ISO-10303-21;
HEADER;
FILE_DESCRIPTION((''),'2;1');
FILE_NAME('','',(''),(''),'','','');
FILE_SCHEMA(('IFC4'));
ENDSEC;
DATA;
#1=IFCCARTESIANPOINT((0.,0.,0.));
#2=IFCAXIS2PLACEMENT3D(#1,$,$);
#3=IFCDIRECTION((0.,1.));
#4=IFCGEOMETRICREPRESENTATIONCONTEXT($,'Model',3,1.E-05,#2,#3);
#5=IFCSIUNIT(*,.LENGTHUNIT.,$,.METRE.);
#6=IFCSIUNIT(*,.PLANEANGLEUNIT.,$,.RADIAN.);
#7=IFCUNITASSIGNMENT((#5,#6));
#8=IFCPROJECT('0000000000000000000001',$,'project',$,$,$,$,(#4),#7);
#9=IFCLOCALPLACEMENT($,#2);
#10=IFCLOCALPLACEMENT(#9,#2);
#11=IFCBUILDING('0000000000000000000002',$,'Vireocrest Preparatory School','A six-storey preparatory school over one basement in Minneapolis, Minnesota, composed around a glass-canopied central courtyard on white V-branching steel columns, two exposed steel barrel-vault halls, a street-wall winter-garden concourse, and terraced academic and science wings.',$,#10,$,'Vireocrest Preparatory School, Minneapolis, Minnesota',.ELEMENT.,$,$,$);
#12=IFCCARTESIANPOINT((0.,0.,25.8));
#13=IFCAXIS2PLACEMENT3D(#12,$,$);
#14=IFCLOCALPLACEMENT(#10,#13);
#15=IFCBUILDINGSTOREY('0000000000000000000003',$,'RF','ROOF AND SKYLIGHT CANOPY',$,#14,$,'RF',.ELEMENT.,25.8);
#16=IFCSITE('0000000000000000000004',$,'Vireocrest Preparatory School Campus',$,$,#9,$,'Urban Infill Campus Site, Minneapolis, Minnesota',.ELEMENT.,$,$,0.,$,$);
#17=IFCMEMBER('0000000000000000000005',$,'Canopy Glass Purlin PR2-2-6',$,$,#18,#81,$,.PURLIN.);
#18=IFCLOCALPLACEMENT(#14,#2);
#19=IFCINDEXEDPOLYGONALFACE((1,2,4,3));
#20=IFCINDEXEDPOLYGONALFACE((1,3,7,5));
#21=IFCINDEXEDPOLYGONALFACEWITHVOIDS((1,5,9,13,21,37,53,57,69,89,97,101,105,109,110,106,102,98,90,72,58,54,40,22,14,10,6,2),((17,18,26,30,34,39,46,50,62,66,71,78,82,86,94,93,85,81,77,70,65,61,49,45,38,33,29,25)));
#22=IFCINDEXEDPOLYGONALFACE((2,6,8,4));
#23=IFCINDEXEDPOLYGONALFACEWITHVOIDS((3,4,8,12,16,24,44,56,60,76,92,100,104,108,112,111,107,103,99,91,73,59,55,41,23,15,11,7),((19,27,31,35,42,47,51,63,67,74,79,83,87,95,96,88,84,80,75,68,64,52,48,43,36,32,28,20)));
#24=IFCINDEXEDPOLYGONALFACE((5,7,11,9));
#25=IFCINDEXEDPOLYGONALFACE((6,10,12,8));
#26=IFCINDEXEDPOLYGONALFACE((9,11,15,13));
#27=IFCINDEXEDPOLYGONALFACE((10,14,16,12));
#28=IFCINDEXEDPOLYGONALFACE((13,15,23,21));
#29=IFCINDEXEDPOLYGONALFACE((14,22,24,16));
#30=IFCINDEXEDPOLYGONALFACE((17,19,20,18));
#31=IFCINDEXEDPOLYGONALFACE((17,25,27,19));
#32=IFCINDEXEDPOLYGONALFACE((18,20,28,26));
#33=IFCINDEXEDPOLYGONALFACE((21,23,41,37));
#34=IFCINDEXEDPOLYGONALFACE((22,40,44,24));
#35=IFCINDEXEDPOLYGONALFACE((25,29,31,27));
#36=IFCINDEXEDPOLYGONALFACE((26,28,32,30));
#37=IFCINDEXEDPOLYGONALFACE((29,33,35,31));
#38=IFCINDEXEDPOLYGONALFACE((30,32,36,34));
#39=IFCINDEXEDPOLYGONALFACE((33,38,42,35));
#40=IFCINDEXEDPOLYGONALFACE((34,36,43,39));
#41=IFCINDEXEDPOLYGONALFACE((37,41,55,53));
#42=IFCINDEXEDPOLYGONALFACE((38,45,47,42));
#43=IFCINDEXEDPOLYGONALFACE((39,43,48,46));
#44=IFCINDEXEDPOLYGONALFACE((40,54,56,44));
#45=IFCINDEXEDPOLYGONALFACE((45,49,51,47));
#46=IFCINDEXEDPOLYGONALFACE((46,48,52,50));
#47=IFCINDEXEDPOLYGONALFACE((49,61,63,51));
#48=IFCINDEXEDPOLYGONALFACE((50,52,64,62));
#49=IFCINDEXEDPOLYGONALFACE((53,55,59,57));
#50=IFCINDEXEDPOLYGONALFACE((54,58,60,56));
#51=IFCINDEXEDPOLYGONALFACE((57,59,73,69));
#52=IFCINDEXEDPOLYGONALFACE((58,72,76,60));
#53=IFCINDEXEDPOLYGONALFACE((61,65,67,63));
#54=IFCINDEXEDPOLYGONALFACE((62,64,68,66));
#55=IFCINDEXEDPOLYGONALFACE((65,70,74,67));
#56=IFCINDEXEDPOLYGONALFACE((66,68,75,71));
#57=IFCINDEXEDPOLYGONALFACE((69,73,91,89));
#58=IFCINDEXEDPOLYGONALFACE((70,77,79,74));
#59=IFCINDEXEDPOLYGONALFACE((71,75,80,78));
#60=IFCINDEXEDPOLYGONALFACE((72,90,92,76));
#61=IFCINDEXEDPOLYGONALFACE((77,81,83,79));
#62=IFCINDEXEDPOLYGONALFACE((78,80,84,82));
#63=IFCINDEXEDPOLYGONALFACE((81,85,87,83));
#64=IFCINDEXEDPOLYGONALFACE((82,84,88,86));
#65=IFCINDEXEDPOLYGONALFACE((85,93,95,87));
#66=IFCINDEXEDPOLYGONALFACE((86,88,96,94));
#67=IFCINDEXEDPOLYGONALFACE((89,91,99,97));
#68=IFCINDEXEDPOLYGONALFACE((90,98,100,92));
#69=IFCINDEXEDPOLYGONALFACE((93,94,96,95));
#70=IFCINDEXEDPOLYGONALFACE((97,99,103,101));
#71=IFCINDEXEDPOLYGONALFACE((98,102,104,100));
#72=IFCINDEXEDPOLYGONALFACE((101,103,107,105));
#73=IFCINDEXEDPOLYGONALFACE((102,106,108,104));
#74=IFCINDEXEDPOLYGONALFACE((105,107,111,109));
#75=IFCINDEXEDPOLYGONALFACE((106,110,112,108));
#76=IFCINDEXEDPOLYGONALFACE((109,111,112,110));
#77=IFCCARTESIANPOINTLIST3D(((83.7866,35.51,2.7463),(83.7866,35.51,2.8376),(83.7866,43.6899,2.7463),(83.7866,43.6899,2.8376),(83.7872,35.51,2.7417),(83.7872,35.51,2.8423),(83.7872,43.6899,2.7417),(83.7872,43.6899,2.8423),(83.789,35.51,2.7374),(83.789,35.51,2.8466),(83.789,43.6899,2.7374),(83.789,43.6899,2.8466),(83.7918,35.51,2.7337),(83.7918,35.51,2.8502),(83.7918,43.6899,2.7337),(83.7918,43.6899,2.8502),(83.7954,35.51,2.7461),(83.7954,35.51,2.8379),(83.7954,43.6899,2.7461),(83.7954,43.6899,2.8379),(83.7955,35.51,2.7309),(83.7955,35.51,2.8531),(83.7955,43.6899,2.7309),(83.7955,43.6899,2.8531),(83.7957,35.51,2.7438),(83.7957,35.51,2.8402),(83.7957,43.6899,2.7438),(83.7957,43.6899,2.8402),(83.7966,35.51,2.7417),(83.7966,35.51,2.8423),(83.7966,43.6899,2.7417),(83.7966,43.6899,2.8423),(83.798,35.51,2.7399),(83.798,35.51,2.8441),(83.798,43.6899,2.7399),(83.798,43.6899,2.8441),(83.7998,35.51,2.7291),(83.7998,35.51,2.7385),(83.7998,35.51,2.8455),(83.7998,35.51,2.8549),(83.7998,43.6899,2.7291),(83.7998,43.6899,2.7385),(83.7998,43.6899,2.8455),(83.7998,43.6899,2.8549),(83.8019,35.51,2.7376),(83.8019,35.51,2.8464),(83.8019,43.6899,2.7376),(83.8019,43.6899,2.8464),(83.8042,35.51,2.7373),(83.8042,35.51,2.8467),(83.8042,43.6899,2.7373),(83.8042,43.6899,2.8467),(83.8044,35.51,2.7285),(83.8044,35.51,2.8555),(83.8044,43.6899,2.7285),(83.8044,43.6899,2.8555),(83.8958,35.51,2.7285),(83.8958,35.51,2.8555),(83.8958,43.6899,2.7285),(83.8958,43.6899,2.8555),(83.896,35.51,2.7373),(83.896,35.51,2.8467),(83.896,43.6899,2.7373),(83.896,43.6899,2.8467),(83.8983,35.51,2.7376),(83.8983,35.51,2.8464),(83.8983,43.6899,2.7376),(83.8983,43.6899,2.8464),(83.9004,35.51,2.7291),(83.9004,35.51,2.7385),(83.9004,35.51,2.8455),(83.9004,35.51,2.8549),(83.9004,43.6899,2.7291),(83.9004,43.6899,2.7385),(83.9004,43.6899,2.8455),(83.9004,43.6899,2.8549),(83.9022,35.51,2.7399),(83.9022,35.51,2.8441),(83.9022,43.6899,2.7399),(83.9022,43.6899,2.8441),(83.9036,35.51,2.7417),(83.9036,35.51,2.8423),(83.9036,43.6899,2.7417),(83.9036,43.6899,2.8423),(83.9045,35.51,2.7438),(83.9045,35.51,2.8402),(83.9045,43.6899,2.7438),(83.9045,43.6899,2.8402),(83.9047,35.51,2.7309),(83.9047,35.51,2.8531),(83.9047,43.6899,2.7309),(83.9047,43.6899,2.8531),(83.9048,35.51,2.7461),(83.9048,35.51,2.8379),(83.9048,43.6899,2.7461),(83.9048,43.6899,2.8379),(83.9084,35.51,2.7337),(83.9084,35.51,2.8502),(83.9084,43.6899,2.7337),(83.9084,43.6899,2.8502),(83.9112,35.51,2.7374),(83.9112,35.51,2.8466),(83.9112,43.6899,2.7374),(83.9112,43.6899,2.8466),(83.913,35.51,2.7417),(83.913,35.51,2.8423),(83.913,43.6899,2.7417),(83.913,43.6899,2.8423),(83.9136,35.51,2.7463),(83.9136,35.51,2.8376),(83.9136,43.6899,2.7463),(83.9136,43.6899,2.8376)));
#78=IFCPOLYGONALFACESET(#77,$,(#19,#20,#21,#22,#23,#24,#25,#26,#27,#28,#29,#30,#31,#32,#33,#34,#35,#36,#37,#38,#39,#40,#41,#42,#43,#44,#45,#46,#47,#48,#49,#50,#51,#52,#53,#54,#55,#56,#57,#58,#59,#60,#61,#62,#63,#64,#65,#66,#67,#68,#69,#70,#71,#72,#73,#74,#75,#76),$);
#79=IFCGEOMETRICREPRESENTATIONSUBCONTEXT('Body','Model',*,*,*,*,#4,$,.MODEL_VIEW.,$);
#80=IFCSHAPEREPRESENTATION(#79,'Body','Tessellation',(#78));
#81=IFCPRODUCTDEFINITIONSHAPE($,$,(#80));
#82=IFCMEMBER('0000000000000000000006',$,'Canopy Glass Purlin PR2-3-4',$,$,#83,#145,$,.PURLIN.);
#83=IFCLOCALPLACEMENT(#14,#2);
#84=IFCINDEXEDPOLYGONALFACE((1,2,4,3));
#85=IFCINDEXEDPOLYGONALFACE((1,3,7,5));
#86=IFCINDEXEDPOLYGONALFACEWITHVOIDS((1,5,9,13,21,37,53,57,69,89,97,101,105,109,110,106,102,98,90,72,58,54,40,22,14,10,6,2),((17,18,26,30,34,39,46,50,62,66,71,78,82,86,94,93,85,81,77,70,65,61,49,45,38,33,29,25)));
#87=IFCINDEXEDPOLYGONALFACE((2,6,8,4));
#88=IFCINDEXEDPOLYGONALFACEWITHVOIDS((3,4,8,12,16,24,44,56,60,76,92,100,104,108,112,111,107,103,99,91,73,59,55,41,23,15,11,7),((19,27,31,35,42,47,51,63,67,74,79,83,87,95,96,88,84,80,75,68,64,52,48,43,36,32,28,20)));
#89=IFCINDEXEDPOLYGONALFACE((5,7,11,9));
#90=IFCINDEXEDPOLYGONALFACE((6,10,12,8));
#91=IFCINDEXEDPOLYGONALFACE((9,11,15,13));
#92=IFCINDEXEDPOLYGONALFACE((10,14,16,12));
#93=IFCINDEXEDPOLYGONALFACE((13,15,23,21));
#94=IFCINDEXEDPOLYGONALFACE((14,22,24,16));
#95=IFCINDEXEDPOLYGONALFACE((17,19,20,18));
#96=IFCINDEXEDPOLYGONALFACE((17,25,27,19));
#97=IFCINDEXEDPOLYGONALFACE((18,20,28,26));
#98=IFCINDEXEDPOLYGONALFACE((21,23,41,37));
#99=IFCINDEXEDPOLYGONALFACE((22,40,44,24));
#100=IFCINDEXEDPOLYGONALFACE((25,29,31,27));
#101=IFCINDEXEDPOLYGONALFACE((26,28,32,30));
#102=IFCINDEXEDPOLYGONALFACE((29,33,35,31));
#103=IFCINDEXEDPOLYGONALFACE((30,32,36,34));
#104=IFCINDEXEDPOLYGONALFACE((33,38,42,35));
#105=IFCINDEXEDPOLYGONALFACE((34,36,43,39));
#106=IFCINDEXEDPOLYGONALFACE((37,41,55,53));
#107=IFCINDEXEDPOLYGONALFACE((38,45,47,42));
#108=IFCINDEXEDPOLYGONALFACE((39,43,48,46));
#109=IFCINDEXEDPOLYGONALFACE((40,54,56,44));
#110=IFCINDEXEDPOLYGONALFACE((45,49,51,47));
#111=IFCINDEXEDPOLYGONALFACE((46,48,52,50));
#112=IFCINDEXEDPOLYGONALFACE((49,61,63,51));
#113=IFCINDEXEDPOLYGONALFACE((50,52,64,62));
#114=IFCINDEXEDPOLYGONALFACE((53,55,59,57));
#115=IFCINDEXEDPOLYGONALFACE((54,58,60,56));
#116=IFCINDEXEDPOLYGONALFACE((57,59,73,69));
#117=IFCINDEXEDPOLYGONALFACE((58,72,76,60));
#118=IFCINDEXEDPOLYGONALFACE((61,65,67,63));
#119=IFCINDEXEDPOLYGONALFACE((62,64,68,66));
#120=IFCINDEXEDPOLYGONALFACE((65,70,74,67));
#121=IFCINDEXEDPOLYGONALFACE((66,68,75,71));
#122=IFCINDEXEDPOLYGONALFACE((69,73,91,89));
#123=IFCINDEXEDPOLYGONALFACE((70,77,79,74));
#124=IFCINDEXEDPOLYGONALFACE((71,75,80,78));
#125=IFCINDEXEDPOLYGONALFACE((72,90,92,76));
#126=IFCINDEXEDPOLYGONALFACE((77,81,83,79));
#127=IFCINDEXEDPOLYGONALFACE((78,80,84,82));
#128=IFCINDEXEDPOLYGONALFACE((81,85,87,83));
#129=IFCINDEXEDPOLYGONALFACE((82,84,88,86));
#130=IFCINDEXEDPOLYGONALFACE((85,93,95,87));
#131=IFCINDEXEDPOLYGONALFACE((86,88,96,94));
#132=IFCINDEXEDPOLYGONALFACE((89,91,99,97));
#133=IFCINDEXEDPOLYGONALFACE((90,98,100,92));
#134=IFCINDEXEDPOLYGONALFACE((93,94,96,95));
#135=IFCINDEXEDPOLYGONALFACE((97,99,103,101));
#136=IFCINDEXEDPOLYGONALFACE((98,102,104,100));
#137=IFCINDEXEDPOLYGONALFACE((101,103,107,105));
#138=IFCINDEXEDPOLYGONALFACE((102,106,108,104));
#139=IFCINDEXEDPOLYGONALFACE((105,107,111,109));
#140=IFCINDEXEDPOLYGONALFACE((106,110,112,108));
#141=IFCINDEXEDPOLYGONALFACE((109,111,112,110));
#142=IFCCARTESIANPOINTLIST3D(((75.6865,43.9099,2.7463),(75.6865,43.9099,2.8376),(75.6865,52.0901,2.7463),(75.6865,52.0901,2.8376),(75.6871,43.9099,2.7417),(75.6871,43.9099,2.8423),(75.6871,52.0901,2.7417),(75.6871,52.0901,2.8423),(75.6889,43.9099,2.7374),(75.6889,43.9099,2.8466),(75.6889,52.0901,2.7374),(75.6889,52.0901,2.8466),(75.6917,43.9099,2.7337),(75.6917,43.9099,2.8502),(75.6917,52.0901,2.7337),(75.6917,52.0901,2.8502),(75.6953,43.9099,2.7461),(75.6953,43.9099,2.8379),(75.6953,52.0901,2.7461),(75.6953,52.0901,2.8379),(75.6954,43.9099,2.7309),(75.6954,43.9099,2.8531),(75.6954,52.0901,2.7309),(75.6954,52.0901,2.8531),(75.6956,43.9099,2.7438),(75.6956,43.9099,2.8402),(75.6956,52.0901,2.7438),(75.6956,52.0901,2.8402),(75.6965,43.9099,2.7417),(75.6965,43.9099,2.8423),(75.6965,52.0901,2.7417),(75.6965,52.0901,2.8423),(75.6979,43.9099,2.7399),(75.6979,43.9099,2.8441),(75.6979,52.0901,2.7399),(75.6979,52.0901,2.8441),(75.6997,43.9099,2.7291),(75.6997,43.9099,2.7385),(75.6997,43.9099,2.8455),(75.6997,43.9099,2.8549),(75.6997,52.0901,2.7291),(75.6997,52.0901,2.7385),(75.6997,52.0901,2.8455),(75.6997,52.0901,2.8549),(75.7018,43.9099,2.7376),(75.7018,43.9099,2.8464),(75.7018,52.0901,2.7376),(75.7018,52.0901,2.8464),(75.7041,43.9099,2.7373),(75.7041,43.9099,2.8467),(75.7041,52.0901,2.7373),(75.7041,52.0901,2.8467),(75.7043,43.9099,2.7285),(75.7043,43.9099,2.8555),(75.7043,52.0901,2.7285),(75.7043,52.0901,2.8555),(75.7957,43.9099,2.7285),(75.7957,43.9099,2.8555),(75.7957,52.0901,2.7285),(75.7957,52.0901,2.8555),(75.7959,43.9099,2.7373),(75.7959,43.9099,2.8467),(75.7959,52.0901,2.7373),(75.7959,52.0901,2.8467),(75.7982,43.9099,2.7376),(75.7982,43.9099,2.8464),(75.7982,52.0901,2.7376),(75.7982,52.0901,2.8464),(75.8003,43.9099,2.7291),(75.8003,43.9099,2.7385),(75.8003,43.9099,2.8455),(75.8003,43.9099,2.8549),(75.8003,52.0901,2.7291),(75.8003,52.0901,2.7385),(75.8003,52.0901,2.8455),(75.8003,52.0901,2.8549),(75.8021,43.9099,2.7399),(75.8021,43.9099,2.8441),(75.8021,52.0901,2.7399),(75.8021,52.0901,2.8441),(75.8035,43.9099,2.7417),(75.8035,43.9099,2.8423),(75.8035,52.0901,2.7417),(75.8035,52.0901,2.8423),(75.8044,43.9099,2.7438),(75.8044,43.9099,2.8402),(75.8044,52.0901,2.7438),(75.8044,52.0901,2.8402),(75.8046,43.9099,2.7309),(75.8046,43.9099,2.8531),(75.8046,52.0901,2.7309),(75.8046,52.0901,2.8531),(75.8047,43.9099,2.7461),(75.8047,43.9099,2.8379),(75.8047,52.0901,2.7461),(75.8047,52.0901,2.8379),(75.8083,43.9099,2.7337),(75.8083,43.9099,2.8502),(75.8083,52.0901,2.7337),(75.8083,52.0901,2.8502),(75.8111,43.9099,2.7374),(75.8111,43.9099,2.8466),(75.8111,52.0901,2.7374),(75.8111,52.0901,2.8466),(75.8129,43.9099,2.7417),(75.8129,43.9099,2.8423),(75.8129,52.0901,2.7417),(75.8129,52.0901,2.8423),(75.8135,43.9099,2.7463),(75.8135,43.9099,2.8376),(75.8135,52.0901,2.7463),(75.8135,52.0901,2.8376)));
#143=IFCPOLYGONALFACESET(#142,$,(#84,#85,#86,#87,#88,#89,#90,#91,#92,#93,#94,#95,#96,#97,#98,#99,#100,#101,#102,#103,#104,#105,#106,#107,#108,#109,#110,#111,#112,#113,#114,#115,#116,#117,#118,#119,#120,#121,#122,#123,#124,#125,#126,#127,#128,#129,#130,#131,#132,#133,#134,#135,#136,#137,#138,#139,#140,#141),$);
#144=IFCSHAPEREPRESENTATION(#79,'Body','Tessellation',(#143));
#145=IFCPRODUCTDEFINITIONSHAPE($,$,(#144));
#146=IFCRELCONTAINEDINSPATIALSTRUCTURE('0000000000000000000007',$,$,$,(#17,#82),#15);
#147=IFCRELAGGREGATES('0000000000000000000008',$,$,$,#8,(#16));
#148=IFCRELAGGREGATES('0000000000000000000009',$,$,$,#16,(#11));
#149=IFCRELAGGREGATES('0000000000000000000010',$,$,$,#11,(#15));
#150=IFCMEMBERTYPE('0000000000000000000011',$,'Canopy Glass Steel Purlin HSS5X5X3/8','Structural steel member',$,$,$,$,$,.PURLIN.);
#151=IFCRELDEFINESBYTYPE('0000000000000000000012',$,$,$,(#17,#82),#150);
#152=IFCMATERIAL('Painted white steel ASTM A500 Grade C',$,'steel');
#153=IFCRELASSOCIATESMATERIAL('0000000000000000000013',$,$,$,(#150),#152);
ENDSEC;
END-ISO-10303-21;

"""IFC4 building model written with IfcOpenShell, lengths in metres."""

from ifc_helpers import new_model, si_unit, direction, frame, origin, origin_2d, place, context, subcontext, project, spatial, hollow_rectangle, extrude, material, material_profile, profile_set, type_object, element, save


model = new_model("IFC4")

# Units and contexts
model_context = context("Model", 3, precision=1e-05, world=origin(), true_north=direction((0.0, 1.0)))
body_context = subcontext(model_context, "Body", "Model", "MODEL_VIEW")
ifc_project = project(units=[si_unit("LENGTHUNIT", "METRE"), si_unit("PLANEANGLEUNIT", "RADIAN")], contexts=[model_context])

# Site, building, storey
site_placement = place(None, origin())
site = spatial("IfcSite", under=ifc_project, at=site_placement, Name="Vireocrest Preparatory School Campus", LongName="Urban Infill Campus Site, Minneapolis, Minnesota", CompositionType="ELEMENT", RefElevation=0.0)
building_placement = place(site_placement, origin())
building = spatial("IfcBuilding", under=site, at=building_placement, Name="Vireocrest Preparatory School", Description="A six-storey preparatory school over one basement in Minneapolis, Minnesota, composed around a glass-canopied central courtyard on white V-branching steel columns, two exposed steel barrel-vault halls, a street-wall winter-garden concourse, and terraced academic and science wings.", LongName="Vireocrest Preparatory School, Minneapolis, Minnesota", CompositionType="ELEMENT")
storey_placement = place(building_placement, frame((0.0, 0.0, 25.8)))
storey = spatial("IfcBuildingStorey", under=building, at=storey_placement, Name="RF", Description="ROOF AND SKYLIGHT CANOPY", LongName="RF", CompositionType="ELEMENT", Elevation=25.8)

# Members
ifc_material_1 = material(Name="Painted white steel ASTM A500 Grade C", Category="steel")
ifc_material_profile_1 = material_profile(ifc_material_1, hollow_rectangle(XDim=0.127, YDim=0.127, WallThickness=0.0088, InnerFilletRadius=0.0088, OuterFilletRadius=0.0178, at=origin_2d()), Name="HSS5X5X3/8")
ifc_profile_set_1 = profile_set([ifc_material_profile_1], Name="Painted white steel ASTM A500 Grade C")
member_type_1 = type_object("IfcMemberType", Name="Canopy Glass Steel Purlin HSS5X5X3/8", Description="Structural steel member", PredefinedType="PURLIN", material=ifc_profile_set_1)
member_1_placement = place(storey_placement, frame((83.8501, 35.51, 2.792), z_axis=(0.0, 1.0, 0.0), x_axis=(-1.0, 0.0, 0.0)))
element("IfcMember", 1, at=member_1_placement, inside=storey, type_object=member_type_1, Name="Canopy Glass Purlin PR2-2-6", PredefinedType="PURLIN", context=body_context, shape_type="SweptSolid", body=[
    extrude(hollow_rectangle(XDim=0.127, YDim=0.127, WallThickness=0.0088, InnerFilletRadius=0.0088, OuterFilletRadius=0.0178, at=origin_2d()), origin(), (0.0, 0.0, 1.0), 8.1799),
])
for number, where, z_axis, x_axis, name in (
    (2, (75.75, 43.9099, 2.792), (0.0, 1.0, 0.0), (-1.0, 0.0, 0.0), "Canopy Glass Purlin PR2-3-4"),
):
    element("IfcMember", number, at=place(storey_placement, frame(where, z_axis=z_axis, x_axis=x_axis)), inside=storey, type_object=member_type_1, Name=name, PredefinedType="PURLIN", context=body_context, shape_type="SweptSolid", body=[
        extrude(hollow_rectangle(XDim=0.127, YDim=0.127, WallThickness=0.0088, InnerFilletRadius=0.0088, OuterFilletRadius=0.0178, at=origin_2d()), origin(), (0.0, 0.0, 1.0), 8.1802),
    ])

save(model, "model.ifc")
